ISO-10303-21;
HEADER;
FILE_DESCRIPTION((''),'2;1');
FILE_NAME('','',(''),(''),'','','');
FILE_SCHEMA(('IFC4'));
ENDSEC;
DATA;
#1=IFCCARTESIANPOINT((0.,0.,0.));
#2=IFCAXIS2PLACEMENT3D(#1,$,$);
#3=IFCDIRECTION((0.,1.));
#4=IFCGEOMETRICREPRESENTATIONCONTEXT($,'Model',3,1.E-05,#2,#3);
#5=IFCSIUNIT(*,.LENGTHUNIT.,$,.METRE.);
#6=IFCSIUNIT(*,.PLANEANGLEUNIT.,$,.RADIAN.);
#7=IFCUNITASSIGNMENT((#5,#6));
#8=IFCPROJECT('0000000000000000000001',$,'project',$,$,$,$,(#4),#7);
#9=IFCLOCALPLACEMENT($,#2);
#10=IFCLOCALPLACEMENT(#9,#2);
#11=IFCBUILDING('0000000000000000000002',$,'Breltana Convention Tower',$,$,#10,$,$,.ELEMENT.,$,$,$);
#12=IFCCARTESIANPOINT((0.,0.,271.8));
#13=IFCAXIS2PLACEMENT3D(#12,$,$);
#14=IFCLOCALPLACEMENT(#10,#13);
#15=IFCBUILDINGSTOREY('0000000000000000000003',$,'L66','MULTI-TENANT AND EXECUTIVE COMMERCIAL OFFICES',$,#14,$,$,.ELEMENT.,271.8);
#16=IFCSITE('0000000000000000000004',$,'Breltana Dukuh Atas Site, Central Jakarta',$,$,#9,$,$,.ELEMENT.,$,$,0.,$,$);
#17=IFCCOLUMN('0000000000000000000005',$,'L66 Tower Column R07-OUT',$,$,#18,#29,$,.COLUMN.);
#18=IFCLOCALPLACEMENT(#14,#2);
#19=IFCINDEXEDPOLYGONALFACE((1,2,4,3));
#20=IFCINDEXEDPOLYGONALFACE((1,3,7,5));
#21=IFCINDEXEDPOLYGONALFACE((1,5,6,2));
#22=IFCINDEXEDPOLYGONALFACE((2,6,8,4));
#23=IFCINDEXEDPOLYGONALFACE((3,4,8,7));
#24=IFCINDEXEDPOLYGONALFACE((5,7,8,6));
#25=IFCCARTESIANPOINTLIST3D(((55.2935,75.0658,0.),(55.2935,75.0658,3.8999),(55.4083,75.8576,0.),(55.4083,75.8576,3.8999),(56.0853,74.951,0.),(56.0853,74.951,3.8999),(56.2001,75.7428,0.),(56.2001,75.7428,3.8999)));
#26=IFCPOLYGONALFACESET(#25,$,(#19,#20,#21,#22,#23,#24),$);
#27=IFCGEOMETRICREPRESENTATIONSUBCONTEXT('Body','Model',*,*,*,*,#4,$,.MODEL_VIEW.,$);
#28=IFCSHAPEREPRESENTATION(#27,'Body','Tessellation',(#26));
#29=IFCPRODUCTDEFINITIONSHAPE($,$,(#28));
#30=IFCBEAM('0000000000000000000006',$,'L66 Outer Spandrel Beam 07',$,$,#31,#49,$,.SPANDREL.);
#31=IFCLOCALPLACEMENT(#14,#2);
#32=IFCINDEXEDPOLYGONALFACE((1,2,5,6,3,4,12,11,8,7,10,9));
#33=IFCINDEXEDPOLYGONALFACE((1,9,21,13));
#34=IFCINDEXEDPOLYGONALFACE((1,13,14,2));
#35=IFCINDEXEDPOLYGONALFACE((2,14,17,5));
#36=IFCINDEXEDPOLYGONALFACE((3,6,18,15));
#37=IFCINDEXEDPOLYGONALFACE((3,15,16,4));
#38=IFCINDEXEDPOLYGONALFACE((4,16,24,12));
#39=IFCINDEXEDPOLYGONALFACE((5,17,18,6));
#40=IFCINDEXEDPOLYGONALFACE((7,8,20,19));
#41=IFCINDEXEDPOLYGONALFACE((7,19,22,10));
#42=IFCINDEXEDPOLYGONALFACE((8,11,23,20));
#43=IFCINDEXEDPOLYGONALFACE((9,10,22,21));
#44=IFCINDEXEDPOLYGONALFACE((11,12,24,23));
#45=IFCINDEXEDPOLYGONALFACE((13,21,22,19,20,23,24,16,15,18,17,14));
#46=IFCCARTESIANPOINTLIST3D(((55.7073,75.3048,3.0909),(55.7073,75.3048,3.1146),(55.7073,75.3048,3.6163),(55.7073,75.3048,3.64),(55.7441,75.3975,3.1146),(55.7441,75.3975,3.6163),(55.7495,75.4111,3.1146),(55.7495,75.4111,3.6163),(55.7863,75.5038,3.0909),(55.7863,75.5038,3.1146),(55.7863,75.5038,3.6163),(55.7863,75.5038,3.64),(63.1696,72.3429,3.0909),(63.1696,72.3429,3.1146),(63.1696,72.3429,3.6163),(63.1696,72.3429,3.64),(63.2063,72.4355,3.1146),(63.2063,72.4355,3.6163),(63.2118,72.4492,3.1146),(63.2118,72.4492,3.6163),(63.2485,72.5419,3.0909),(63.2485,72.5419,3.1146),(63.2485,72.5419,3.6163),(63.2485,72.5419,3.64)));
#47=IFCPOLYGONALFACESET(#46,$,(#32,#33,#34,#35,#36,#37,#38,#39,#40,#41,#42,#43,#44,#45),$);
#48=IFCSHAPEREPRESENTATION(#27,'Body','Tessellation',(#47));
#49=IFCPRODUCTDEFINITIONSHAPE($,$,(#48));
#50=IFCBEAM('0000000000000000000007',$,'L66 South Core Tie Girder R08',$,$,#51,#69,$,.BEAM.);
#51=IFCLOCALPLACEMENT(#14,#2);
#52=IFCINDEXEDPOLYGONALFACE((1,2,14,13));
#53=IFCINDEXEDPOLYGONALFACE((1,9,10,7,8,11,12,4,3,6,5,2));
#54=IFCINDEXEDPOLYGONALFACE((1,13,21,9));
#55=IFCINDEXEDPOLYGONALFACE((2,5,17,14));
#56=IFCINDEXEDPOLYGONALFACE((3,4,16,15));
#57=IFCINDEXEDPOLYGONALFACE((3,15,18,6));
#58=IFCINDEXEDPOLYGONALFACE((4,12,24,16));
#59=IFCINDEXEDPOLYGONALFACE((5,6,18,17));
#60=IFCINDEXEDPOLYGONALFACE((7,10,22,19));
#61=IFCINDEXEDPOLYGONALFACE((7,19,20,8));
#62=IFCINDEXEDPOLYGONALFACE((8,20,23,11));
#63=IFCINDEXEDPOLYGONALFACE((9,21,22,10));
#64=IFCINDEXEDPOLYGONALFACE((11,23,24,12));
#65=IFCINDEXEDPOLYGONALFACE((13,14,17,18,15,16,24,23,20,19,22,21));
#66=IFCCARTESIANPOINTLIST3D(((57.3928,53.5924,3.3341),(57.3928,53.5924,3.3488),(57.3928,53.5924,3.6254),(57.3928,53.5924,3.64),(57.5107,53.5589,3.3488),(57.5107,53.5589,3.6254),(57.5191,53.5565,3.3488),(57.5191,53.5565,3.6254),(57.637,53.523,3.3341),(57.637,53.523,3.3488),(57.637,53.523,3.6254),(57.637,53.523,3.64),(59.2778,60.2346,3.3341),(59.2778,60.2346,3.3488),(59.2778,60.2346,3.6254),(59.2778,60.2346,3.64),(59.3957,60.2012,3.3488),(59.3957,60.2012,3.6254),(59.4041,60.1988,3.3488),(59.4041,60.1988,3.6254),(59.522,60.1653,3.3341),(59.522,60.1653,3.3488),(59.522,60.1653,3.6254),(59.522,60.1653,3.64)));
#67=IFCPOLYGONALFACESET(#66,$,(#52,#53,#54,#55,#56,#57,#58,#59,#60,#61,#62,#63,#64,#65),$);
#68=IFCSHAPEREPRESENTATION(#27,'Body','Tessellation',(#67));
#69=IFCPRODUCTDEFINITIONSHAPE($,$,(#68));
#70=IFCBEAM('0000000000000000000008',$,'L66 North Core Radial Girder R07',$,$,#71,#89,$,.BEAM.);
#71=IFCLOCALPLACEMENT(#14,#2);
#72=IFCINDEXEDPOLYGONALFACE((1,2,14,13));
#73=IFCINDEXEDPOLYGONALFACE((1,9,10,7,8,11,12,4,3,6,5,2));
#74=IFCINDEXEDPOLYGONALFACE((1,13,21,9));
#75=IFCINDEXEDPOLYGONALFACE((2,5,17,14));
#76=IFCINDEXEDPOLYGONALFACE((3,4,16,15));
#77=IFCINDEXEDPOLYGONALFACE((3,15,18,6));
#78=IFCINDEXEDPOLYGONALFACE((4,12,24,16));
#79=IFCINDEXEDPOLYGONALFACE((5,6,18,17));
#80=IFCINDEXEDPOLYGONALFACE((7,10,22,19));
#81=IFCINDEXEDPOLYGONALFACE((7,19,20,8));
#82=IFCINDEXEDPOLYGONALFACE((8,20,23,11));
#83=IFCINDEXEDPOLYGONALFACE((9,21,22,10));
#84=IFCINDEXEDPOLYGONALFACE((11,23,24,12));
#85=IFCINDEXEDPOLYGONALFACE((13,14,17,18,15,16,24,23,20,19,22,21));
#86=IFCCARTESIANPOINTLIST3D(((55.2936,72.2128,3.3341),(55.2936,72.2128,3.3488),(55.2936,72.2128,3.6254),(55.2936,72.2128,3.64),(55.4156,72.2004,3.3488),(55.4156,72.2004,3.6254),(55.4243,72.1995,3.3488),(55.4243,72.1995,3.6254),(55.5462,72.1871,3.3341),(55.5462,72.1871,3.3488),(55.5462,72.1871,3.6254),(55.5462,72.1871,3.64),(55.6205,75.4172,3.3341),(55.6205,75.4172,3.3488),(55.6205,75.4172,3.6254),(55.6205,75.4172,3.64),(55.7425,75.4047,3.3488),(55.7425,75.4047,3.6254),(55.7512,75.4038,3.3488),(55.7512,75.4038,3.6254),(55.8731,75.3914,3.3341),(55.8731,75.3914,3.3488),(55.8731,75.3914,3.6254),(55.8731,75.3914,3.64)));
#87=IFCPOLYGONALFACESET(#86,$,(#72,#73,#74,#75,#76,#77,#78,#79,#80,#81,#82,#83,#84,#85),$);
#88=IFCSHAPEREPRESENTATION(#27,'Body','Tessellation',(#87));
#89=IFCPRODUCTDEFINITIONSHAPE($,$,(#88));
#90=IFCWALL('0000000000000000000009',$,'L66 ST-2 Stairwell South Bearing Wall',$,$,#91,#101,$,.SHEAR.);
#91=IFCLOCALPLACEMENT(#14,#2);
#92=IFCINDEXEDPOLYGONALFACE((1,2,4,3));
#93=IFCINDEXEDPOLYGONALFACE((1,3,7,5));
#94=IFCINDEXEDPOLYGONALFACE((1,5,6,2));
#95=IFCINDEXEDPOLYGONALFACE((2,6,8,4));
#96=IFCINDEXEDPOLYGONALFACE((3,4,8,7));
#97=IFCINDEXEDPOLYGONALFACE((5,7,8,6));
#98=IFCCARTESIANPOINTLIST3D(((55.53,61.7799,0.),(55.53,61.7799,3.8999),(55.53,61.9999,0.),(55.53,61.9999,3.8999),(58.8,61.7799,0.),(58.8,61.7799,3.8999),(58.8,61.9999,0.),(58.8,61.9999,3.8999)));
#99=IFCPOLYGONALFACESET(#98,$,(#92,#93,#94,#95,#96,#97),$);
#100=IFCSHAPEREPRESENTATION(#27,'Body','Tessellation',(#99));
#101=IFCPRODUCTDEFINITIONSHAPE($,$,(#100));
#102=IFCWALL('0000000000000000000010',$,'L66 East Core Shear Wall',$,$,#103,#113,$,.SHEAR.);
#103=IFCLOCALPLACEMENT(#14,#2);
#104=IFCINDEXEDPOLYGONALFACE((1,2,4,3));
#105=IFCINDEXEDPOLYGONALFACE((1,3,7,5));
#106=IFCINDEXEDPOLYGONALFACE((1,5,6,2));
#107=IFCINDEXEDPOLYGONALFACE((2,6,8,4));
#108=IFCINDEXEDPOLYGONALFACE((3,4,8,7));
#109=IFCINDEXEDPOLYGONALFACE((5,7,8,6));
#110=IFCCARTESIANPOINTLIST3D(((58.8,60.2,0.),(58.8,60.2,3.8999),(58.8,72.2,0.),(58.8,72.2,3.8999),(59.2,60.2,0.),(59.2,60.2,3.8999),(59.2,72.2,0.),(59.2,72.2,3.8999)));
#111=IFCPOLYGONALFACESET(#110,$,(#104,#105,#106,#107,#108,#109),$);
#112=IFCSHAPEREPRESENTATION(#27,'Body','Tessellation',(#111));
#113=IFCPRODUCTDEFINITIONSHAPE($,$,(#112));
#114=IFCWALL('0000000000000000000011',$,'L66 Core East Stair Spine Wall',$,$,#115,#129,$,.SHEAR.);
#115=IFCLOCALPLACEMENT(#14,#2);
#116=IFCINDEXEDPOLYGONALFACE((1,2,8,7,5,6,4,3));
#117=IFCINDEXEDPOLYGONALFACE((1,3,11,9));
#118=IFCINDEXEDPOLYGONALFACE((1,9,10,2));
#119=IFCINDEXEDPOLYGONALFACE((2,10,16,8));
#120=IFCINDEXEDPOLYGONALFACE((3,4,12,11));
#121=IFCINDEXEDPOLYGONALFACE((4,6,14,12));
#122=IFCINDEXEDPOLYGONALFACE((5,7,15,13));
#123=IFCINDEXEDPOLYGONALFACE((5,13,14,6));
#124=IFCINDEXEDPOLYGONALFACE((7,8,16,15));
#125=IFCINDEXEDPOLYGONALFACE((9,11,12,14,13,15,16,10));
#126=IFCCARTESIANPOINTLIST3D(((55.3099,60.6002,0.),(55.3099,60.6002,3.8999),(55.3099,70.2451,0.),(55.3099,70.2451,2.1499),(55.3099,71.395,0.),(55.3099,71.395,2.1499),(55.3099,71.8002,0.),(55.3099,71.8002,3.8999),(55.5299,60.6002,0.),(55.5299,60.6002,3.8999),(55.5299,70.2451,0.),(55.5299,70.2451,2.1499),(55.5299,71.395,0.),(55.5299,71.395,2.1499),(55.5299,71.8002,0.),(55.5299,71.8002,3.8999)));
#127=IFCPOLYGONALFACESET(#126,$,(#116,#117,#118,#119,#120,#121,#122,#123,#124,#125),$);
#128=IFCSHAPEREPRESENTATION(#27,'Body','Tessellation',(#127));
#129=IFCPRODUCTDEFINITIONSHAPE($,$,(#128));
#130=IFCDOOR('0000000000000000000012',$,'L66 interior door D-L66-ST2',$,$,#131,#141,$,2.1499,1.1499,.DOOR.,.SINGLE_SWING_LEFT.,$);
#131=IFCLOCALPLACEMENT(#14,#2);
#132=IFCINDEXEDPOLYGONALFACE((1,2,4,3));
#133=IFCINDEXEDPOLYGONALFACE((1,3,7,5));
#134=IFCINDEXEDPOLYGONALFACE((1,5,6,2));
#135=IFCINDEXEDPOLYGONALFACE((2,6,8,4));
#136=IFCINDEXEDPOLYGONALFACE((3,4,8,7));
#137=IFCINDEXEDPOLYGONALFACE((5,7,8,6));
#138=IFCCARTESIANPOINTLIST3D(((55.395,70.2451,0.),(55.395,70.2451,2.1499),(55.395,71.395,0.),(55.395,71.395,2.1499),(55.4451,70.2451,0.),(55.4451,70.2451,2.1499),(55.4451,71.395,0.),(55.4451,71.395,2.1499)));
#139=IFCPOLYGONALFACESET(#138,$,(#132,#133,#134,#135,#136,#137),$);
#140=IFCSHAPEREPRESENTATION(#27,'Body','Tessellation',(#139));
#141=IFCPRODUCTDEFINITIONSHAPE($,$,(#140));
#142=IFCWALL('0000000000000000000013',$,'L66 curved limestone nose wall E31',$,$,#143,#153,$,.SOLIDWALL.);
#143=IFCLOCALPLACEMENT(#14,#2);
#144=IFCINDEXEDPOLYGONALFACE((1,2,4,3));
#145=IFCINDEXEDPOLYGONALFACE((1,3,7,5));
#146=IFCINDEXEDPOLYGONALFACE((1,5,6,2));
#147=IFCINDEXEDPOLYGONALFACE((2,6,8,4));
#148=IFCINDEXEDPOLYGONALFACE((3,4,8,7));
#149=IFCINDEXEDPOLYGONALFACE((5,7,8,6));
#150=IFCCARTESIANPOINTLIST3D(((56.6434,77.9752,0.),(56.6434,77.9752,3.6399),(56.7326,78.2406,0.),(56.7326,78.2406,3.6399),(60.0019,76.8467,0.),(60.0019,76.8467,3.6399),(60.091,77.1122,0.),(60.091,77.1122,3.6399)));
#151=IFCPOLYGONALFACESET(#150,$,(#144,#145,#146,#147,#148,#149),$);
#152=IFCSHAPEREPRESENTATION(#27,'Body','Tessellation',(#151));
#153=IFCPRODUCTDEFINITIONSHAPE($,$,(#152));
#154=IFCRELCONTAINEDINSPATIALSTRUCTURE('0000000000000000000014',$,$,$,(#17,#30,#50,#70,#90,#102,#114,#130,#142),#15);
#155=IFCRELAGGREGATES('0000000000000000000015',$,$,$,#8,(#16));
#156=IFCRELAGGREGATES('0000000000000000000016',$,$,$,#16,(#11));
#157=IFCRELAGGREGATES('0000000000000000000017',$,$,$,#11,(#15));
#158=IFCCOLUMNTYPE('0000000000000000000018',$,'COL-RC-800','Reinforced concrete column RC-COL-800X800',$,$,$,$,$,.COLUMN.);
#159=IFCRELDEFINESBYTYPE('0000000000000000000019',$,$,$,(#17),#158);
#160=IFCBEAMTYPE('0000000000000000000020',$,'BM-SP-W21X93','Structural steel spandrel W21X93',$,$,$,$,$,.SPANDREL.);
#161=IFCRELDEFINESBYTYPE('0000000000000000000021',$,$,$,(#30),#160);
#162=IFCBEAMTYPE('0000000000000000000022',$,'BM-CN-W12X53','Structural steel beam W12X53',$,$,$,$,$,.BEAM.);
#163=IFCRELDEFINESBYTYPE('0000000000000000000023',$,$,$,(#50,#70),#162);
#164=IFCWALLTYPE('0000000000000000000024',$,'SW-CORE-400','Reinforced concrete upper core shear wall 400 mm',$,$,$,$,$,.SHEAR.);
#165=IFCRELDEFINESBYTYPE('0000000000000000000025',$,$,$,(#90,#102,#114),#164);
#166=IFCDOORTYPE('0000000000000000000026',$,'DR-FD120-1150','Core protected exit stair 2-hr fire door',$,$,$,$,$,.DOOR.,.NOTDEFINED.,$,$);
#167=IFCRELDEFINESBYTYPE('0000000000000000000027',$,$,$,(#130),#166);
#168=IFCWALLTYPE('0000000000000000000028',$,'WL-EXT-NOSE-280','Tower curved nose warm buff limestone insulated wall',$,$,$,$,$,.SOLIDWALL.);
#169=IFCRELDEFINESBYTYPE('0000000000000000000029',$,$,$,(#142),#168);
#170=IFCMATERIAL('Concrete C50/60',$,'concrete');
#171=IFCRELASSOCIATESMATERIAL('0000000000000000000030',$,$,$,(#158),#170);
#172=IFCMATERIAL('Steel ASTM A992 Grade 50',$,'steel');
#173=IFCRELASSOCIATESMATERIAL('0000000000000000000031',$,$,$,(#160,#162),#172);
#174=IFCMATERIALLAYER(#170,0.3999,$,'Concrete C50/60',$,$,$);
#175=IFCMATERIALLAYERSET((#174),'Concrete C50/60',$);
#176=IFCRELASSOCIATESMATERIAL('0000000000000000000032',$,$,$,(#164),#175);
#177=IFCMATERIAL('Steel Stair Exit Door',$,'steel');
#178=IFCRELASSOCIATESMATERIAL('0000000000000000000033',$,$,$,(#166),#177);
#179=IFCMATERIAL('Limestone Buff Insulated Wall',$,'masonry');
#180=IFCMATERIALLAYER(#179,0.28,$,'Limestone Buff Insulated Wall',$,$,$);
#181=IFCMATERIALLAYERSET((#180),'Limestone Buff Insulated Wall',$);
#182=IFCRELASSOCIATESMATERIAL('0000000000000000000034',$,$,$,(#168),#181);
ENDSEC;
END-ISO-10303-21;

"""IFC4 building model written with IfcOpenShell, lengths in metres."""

from ifc_helpers import new_model, si_unit, direction, frame, frame_2d, origin, origin_2d, place, context, subcontext, project, spatial, rectangle, i_section, extrude, source, transform, mapped, material, layer, layer_set, material_profile, profile_set, type_object, type_shapes, element, fill, save


model = new_model("IFC4")

# Units and contexts
model_context = context("Model", 3, precision=1e-05, world=origin(), true_north=direction((0.0, 1.0)))
body_context = subcontext(model_context, "Body", "Model", "MODEL_VIEW")
ifc_project = project(units=[si_unit("LENGTHUNIT", "METRE"), si_unit("PLANEANGLEUNIT", "RADIAN")], contexts=[model_context])

# Site, building, storey
site_placement = place(None, origin())
site = spatial("IfcSite", under=ifc_project, at=site_placement, Name="Breltana Dukuh Atas Site, Central Jakarta", CompositionType="ELEMENT", RefElevation=0.0)
building_placement = place(site_placement, origin())
building = spatial("IfcBuilding", under=site, at=building_placement, Name="Breltana Convention Tower", CompositionType="ELEMENT")
storey_placement = place(building_placement, frame((0.0, 0.0, 271.8)))
storey = spatial("IfcBuildingStorey", under=building, at=storey_placement, Name="L66", Description="MULTI-TENANT AND EXECUTIVE COMMERCIAL OFFICES", CompositionType="ELEMENT", Elevation=271.8)

# Column
ifc_material_1 = material(Name="Concrete C50/60", Category="concrete")
ifc_material_profile_1 = material_profile(ifc_material_1, rectangle(XDim=0.8, YDim=0.8, at=origin_2d()), Name="RC-COL-800X800")
ifc_profile_set_1 = profile_set([ifc_material_profile_1], Name="Concrete C50/60")
column_type = type_object("IfcColumnType", Name="COL-RC-800", Description="Reinforced concrete column RC-COL-800X800", PredefinedType="COLUMN", material=ifc_profile_set_1)
shared_shape_1 = source(origin(), body_context, "Body", "SweptSolid", [
    extrude(rectangle(XDim=0.8, YDim=0.8, at=origin_2d()), origin(), (0.0, 0.0, 1.0), 3.8999),
])
column_placement = place(storey_placement, frame((55.7468, 75.4043, 0.0), z_axis=(0.0, 0.0, 1.0), x_axis=(0.143493, 0.989651, 0.0)))
element("IfcColumn", 1, at=column_placement, inside=storey, type_object=column_type, Name="L66 Tower Column R07-OUT", PredefinedType="COLUMN", context=body_context, shape_type="MappedRepresentation", body=[
    mapped(shared_shape_1, transform((0.0, 0.0, 0.0), scale=1.0)),
])

# Beams
ifc_material_2 = material(Name="Steel ASTM A992 Grade 50", Category="steel")
ifc_material_profile_2 = material_profile(ifc_material_2, i_section(OverallWidth=0.2141, OverallDepth=0.5491, WebThickness=0.0146, FlangeThickness=0.0237, at=origin_2d()), Name="W21X93")
ifc_profile_set_2 = profile_set([ifc_material_profile_2], Name="Steel ASTM A992 Grade 50")
beam_type_1 = type_object("IfcBeamType", Name="BM-SP-W21X93", Description="Structural steel spandrel W21X93", PredefinedType="SPANDREL", material=ifc_profile_set_2)
shared_shape_2 = source(origin(), body_context, "Body", "SweptSolid", [
    extrude(i_section(OverallWidth=0.2141, OverallDepth=0.5491, WebThickness=0.0146, FlangeThickness=0.0237, at=origin_2d()), origin(), (0.0, 0.0, 1.0), 8.0286),
])
beam_1_placement = place(storey_placement, frame((55.7468, 75.4043, 3.3655), z_axis=(0.929459, -0.368925, 0.0), x_axis=(0.368925, 0.929459, 0.0)))
element("IfcBeam", 2, at=beam_1_placement, inside=storey, type_object=beam_type_1, Name="L66 Outer Spandrel Beam 07", PredefinedType="SPANDREL", context=body_context, shape_type="MappedRepresentation", body=[
    mapped(shared_shape_2, transform((0.0, 0.0, 0.0), scale=1.0)),
])
ifc_material_profile_3 = material_profile(ifc_material_2, i_section(OverallWidth=0.2539, OverallDepth=0.3059, WebThickness=0.0088, FlangeThickness=0.0146, at=origin_2d()), Name="W12X53")
ifc_profile_set_3 = profile_set([ifc_material_profile_3], Name="Steel ASTM A992 Grade 50")
beam_type_2 = type_object("IfcBeamType", Name="BM-CN-W12X53", Description="Structural steel beam W12X53", PredefinedType="BEAM", material=ifc_profile_set_3)
shared_shape_3 = source(origin(), body_context, "Body", "SweptSolid", [
    extrude(i_section(OverallWidth=0.2539, OverallDepth=0.3059, WebThickness=0.0088, FlangeThickness=0.0146, at=origin_2d()), origin(), (0.0, 0.0, 1.0), 6.9045),
])
beam_2_placement = place(storey_placement, frame((59.3999, 60.2, 3.4871), z_axis=(-0.273007, -0.962012, 0.0), x_axis=(0.962012, -0.273007, 0.0)))
element("IfcBeam", 3, at=beam_2_placement, inside=storey, type_object=beam_type_2, Name="L66 South Core Tie Girder R08", PredefinedType="BEAM", context=body_context, shape_type="MappedRepresentation", body=[
    mapped(shared_shape_3, transform((0.0, 0.0, 0.0), scale=1.0)),
])
shared_shape_4 = source(origin(), body_context, "Body", "SweptSolid", [
    extrude(i_section(OverallWidth=0.2539, OverallDepth=0.3059, WebThickness=0.0088, FlangeThickness=0.0146, at=origin_2d()), origin(), (0.0, 0.0, 1.0), 3.2209),
])
beam_3_placement = place(storey_placement, frame((55.4199, 72.2, 3.4871), z_axis=(0.101492, 0.994836, 0.0), x_axis=(-0.994836, 0.101492, 0.0)))
element("IfcBeam", 4, at=beam_3_placement, inside=storey, type_object=beam_type_2, Name="L66 North Core Radial Girder R07", PredefinedType="BEAM", context=body_context, shape_type="MappedRepresentation", body=[
    mapped(shared_shape_4, transform((0.0, 0.0, 0.0), scale=1.0)),
])

# Walls
ifc_layer_1 = layer(ifc_material_1, 0.3999, Name="Concrete C50/60")
ifc_layer_set_1 = layer_set([ifc_layer_1], Name="Concrete C50/60")
wall_type_1 = type_object("IfcWallType", Name="SW-CORE-400", Description="Reinforced concrete upper core shear wall 400 mm", PredefinedType="SHEAR", material=ifc_layer_set_1)
shared_shape_5 = source(origin(), body_context, "Body", "SweptSolid", [
    extrude(rectangle(XDim=3.27, YDim=0.22, at=frame_2d((1.635, 0.0))), origin(), (0.0, 0.0, 1.0), 3.8999),
])
wall_1_placement = place(storey_placement, frame((55.53, 61.8899, 0.0), z_axis=(0.0, 0.0, 1.0), x_axis=(1.0, 0.0, 0.0)))
element("IfcWall", 5, at=wall_1_placement, inside=storey, type_object=wall_type_1, Name="L66 ST-2 Stairwell South Bearing Wall", PredefinedType="SHEAR", context=body_context, shape_type="MappedRepresentation", body=[
    mapped(shared_shape_5, transform((0.0, 0.0, 0.0), scale=1.0)),
])
shared_shape_6 = source(origin(), body_context, "Body", "SweptSolid", [
    extrude(rectangle(XDim=12.0, YDim=0.3999, at=frame_2d((6.0, 0.0))), origin(), (0.0, 0.0, 1.0), 3.8999),
])
wall_2_placement = place(storey_placement, frame((59.0, 60.2, 0.0), z_axis=(0.0, 0.0, 1.0), x_axis=(0.0, 1.0, 0.0)))
element("IfcWall", 6, at=wall_2_placement, inside=storey, type_object=wall_type_1, Name="L66 East Core Shear Wall", PredefinedType="SHEAR", context=body_context, shape_type="MappedRepresentation", body=[
    mapped(shared_shape_6, transform((0.0, 0.0, 0.0), scale=1.0)),
])

# Wall, opening, door
shared_shape_7 = source(origin(), body_context, "Body", "SweptSolid", [
    extrude(rectangle(XDim=11.2, YDim=0.22, at=frame_2d((5.6001, 0.0))), origin(), (0.0, 0.0, 1.0), 3.8999),
])
wall_3_placement = place(storey_placement, frame((55.4199, 60.6001, 0.0), z_axis=(0.0, 0.0, 1.0), x_axis=(0.0, 1.0, 0.0)))
wall_3 = element("IfcWall", 7, at=wall_3_placement, inside=storey, type_object=wall_type_1, Name="L66 Core East Stair Spine Wall", PredefinedType="SHEAR", context=body_context, shape_type="MappedRepresentation", body=[
    mapped(shared_shape_7, transform((0.0, 0.0, 0.0), scale=1.0)),
])
opening_placement = place(wall_3_placement, frame((9.645, 0.0, 0.0)))
opening = element("IfcOpeningElement", 8, at=opening_placement, cuts=wall_3, PredefinedType="OPENING", context=body_context, shape_type="SweptSolid", body=[
    extrude(rectangle(XDim=1.1499, YDim=2.1499, at=frame_2d((0.575, 1.075))), frame((0.0, 0.1201, 0.0), z_axis=(0.0, -1.0, 0.0), x_axis=(1.0, 0.0, 0.0)), (0.0, 0.0, 1.0), 0.24),
])
ifc_material_3 = material(Name="Steel Stair Exit Door", Category="steel")
door_type = type_object("IfcDoorType", Name="DR-FD120-1150", Description="Core protected exit stair 2-hr fire door", OperationType="NOTDEFINED", PredefinedType="DOOR", material=ifc_material_3)
shared_shape_8 = source(origin(), body_context, "Body", "SweptSolid", [
    extrude(rectangle(XDim=1.1499, YDim=2.1499, at=frame_2d((0.575, 1.075))), frame((0.0, 0.0249, 0.0), z_axis=(0.0, -1.0, 0.0), x_axis=(1.0, 0.0, 0.0)), (0.0, 0.0, 1.0), 0.05),
])
type_shapes(door_type, [shared_shape_8])
door_placement = place(opening_placement, origin())
door = element("IfcDoor", 9, at=door_placement, inside=storey, type_object=door_type, Name="L66 interior door D-L66-ST2", OperationType="SINGLE_SWING_LEFT", OverallHeight=2.1499, OverallWidth=1.1499, PredefinedType="DOOR", context=body_context, shape_type="MappedRepresentation", body=[
    mapped(shared_shape_8, transform((0.0, 0.0, 0.0), scale=1.0)),
])
fill(opening, door)

# Wall
ifc_material_4 = material(Name="Limestone Buff Insulated Wall", Category="masonry")
ifc_layer_2 = layer(ifc_material_4, 0.28, Name="Limestone Buff Insulated Wall")
ifc_layer_set_2 = layer_set([ifc_layer_2], Name="Limestone Buff Insulated Wall")
wall_type_2 = type_object("IfcWallType", Name="WL-EXT-NOSE-280", Description="Tower curved nose warm buff limestone insulated wall", PredefinedType="SOLIDWALL", material=ifc_layer_set_2)
shared_shape_9 = source(origin(), body_context, "Body", "SweptSolid", [
    extrude(rectangle(XDim=3.543, YDim=0.28, at=frame_2d((1.7715, 0.0))), origin(), (0.0, 0.0, 1.0), 3.6399),
])
wall_4_placement = place(storey_placement, frame((56.688, 78.1079, 0.0), z_axis=(0.0, 0.0, 1.0), x_axis=(0.947923, -0.318501, 0.0)))
element("IfcWall", 10, at=wall_4_placement, inside=storey, type_object=wall_type_2, Name="L66 curved limestone nose wall E31", PredefinedType="SOLIDWALL", context=body_context, shape_type="MappedRepresentation", body=[
    mapped(shared_shape_9, transform((0.0, 0.0, 0.0), scale=1.0)),
])

save(model, "model.ifc")
